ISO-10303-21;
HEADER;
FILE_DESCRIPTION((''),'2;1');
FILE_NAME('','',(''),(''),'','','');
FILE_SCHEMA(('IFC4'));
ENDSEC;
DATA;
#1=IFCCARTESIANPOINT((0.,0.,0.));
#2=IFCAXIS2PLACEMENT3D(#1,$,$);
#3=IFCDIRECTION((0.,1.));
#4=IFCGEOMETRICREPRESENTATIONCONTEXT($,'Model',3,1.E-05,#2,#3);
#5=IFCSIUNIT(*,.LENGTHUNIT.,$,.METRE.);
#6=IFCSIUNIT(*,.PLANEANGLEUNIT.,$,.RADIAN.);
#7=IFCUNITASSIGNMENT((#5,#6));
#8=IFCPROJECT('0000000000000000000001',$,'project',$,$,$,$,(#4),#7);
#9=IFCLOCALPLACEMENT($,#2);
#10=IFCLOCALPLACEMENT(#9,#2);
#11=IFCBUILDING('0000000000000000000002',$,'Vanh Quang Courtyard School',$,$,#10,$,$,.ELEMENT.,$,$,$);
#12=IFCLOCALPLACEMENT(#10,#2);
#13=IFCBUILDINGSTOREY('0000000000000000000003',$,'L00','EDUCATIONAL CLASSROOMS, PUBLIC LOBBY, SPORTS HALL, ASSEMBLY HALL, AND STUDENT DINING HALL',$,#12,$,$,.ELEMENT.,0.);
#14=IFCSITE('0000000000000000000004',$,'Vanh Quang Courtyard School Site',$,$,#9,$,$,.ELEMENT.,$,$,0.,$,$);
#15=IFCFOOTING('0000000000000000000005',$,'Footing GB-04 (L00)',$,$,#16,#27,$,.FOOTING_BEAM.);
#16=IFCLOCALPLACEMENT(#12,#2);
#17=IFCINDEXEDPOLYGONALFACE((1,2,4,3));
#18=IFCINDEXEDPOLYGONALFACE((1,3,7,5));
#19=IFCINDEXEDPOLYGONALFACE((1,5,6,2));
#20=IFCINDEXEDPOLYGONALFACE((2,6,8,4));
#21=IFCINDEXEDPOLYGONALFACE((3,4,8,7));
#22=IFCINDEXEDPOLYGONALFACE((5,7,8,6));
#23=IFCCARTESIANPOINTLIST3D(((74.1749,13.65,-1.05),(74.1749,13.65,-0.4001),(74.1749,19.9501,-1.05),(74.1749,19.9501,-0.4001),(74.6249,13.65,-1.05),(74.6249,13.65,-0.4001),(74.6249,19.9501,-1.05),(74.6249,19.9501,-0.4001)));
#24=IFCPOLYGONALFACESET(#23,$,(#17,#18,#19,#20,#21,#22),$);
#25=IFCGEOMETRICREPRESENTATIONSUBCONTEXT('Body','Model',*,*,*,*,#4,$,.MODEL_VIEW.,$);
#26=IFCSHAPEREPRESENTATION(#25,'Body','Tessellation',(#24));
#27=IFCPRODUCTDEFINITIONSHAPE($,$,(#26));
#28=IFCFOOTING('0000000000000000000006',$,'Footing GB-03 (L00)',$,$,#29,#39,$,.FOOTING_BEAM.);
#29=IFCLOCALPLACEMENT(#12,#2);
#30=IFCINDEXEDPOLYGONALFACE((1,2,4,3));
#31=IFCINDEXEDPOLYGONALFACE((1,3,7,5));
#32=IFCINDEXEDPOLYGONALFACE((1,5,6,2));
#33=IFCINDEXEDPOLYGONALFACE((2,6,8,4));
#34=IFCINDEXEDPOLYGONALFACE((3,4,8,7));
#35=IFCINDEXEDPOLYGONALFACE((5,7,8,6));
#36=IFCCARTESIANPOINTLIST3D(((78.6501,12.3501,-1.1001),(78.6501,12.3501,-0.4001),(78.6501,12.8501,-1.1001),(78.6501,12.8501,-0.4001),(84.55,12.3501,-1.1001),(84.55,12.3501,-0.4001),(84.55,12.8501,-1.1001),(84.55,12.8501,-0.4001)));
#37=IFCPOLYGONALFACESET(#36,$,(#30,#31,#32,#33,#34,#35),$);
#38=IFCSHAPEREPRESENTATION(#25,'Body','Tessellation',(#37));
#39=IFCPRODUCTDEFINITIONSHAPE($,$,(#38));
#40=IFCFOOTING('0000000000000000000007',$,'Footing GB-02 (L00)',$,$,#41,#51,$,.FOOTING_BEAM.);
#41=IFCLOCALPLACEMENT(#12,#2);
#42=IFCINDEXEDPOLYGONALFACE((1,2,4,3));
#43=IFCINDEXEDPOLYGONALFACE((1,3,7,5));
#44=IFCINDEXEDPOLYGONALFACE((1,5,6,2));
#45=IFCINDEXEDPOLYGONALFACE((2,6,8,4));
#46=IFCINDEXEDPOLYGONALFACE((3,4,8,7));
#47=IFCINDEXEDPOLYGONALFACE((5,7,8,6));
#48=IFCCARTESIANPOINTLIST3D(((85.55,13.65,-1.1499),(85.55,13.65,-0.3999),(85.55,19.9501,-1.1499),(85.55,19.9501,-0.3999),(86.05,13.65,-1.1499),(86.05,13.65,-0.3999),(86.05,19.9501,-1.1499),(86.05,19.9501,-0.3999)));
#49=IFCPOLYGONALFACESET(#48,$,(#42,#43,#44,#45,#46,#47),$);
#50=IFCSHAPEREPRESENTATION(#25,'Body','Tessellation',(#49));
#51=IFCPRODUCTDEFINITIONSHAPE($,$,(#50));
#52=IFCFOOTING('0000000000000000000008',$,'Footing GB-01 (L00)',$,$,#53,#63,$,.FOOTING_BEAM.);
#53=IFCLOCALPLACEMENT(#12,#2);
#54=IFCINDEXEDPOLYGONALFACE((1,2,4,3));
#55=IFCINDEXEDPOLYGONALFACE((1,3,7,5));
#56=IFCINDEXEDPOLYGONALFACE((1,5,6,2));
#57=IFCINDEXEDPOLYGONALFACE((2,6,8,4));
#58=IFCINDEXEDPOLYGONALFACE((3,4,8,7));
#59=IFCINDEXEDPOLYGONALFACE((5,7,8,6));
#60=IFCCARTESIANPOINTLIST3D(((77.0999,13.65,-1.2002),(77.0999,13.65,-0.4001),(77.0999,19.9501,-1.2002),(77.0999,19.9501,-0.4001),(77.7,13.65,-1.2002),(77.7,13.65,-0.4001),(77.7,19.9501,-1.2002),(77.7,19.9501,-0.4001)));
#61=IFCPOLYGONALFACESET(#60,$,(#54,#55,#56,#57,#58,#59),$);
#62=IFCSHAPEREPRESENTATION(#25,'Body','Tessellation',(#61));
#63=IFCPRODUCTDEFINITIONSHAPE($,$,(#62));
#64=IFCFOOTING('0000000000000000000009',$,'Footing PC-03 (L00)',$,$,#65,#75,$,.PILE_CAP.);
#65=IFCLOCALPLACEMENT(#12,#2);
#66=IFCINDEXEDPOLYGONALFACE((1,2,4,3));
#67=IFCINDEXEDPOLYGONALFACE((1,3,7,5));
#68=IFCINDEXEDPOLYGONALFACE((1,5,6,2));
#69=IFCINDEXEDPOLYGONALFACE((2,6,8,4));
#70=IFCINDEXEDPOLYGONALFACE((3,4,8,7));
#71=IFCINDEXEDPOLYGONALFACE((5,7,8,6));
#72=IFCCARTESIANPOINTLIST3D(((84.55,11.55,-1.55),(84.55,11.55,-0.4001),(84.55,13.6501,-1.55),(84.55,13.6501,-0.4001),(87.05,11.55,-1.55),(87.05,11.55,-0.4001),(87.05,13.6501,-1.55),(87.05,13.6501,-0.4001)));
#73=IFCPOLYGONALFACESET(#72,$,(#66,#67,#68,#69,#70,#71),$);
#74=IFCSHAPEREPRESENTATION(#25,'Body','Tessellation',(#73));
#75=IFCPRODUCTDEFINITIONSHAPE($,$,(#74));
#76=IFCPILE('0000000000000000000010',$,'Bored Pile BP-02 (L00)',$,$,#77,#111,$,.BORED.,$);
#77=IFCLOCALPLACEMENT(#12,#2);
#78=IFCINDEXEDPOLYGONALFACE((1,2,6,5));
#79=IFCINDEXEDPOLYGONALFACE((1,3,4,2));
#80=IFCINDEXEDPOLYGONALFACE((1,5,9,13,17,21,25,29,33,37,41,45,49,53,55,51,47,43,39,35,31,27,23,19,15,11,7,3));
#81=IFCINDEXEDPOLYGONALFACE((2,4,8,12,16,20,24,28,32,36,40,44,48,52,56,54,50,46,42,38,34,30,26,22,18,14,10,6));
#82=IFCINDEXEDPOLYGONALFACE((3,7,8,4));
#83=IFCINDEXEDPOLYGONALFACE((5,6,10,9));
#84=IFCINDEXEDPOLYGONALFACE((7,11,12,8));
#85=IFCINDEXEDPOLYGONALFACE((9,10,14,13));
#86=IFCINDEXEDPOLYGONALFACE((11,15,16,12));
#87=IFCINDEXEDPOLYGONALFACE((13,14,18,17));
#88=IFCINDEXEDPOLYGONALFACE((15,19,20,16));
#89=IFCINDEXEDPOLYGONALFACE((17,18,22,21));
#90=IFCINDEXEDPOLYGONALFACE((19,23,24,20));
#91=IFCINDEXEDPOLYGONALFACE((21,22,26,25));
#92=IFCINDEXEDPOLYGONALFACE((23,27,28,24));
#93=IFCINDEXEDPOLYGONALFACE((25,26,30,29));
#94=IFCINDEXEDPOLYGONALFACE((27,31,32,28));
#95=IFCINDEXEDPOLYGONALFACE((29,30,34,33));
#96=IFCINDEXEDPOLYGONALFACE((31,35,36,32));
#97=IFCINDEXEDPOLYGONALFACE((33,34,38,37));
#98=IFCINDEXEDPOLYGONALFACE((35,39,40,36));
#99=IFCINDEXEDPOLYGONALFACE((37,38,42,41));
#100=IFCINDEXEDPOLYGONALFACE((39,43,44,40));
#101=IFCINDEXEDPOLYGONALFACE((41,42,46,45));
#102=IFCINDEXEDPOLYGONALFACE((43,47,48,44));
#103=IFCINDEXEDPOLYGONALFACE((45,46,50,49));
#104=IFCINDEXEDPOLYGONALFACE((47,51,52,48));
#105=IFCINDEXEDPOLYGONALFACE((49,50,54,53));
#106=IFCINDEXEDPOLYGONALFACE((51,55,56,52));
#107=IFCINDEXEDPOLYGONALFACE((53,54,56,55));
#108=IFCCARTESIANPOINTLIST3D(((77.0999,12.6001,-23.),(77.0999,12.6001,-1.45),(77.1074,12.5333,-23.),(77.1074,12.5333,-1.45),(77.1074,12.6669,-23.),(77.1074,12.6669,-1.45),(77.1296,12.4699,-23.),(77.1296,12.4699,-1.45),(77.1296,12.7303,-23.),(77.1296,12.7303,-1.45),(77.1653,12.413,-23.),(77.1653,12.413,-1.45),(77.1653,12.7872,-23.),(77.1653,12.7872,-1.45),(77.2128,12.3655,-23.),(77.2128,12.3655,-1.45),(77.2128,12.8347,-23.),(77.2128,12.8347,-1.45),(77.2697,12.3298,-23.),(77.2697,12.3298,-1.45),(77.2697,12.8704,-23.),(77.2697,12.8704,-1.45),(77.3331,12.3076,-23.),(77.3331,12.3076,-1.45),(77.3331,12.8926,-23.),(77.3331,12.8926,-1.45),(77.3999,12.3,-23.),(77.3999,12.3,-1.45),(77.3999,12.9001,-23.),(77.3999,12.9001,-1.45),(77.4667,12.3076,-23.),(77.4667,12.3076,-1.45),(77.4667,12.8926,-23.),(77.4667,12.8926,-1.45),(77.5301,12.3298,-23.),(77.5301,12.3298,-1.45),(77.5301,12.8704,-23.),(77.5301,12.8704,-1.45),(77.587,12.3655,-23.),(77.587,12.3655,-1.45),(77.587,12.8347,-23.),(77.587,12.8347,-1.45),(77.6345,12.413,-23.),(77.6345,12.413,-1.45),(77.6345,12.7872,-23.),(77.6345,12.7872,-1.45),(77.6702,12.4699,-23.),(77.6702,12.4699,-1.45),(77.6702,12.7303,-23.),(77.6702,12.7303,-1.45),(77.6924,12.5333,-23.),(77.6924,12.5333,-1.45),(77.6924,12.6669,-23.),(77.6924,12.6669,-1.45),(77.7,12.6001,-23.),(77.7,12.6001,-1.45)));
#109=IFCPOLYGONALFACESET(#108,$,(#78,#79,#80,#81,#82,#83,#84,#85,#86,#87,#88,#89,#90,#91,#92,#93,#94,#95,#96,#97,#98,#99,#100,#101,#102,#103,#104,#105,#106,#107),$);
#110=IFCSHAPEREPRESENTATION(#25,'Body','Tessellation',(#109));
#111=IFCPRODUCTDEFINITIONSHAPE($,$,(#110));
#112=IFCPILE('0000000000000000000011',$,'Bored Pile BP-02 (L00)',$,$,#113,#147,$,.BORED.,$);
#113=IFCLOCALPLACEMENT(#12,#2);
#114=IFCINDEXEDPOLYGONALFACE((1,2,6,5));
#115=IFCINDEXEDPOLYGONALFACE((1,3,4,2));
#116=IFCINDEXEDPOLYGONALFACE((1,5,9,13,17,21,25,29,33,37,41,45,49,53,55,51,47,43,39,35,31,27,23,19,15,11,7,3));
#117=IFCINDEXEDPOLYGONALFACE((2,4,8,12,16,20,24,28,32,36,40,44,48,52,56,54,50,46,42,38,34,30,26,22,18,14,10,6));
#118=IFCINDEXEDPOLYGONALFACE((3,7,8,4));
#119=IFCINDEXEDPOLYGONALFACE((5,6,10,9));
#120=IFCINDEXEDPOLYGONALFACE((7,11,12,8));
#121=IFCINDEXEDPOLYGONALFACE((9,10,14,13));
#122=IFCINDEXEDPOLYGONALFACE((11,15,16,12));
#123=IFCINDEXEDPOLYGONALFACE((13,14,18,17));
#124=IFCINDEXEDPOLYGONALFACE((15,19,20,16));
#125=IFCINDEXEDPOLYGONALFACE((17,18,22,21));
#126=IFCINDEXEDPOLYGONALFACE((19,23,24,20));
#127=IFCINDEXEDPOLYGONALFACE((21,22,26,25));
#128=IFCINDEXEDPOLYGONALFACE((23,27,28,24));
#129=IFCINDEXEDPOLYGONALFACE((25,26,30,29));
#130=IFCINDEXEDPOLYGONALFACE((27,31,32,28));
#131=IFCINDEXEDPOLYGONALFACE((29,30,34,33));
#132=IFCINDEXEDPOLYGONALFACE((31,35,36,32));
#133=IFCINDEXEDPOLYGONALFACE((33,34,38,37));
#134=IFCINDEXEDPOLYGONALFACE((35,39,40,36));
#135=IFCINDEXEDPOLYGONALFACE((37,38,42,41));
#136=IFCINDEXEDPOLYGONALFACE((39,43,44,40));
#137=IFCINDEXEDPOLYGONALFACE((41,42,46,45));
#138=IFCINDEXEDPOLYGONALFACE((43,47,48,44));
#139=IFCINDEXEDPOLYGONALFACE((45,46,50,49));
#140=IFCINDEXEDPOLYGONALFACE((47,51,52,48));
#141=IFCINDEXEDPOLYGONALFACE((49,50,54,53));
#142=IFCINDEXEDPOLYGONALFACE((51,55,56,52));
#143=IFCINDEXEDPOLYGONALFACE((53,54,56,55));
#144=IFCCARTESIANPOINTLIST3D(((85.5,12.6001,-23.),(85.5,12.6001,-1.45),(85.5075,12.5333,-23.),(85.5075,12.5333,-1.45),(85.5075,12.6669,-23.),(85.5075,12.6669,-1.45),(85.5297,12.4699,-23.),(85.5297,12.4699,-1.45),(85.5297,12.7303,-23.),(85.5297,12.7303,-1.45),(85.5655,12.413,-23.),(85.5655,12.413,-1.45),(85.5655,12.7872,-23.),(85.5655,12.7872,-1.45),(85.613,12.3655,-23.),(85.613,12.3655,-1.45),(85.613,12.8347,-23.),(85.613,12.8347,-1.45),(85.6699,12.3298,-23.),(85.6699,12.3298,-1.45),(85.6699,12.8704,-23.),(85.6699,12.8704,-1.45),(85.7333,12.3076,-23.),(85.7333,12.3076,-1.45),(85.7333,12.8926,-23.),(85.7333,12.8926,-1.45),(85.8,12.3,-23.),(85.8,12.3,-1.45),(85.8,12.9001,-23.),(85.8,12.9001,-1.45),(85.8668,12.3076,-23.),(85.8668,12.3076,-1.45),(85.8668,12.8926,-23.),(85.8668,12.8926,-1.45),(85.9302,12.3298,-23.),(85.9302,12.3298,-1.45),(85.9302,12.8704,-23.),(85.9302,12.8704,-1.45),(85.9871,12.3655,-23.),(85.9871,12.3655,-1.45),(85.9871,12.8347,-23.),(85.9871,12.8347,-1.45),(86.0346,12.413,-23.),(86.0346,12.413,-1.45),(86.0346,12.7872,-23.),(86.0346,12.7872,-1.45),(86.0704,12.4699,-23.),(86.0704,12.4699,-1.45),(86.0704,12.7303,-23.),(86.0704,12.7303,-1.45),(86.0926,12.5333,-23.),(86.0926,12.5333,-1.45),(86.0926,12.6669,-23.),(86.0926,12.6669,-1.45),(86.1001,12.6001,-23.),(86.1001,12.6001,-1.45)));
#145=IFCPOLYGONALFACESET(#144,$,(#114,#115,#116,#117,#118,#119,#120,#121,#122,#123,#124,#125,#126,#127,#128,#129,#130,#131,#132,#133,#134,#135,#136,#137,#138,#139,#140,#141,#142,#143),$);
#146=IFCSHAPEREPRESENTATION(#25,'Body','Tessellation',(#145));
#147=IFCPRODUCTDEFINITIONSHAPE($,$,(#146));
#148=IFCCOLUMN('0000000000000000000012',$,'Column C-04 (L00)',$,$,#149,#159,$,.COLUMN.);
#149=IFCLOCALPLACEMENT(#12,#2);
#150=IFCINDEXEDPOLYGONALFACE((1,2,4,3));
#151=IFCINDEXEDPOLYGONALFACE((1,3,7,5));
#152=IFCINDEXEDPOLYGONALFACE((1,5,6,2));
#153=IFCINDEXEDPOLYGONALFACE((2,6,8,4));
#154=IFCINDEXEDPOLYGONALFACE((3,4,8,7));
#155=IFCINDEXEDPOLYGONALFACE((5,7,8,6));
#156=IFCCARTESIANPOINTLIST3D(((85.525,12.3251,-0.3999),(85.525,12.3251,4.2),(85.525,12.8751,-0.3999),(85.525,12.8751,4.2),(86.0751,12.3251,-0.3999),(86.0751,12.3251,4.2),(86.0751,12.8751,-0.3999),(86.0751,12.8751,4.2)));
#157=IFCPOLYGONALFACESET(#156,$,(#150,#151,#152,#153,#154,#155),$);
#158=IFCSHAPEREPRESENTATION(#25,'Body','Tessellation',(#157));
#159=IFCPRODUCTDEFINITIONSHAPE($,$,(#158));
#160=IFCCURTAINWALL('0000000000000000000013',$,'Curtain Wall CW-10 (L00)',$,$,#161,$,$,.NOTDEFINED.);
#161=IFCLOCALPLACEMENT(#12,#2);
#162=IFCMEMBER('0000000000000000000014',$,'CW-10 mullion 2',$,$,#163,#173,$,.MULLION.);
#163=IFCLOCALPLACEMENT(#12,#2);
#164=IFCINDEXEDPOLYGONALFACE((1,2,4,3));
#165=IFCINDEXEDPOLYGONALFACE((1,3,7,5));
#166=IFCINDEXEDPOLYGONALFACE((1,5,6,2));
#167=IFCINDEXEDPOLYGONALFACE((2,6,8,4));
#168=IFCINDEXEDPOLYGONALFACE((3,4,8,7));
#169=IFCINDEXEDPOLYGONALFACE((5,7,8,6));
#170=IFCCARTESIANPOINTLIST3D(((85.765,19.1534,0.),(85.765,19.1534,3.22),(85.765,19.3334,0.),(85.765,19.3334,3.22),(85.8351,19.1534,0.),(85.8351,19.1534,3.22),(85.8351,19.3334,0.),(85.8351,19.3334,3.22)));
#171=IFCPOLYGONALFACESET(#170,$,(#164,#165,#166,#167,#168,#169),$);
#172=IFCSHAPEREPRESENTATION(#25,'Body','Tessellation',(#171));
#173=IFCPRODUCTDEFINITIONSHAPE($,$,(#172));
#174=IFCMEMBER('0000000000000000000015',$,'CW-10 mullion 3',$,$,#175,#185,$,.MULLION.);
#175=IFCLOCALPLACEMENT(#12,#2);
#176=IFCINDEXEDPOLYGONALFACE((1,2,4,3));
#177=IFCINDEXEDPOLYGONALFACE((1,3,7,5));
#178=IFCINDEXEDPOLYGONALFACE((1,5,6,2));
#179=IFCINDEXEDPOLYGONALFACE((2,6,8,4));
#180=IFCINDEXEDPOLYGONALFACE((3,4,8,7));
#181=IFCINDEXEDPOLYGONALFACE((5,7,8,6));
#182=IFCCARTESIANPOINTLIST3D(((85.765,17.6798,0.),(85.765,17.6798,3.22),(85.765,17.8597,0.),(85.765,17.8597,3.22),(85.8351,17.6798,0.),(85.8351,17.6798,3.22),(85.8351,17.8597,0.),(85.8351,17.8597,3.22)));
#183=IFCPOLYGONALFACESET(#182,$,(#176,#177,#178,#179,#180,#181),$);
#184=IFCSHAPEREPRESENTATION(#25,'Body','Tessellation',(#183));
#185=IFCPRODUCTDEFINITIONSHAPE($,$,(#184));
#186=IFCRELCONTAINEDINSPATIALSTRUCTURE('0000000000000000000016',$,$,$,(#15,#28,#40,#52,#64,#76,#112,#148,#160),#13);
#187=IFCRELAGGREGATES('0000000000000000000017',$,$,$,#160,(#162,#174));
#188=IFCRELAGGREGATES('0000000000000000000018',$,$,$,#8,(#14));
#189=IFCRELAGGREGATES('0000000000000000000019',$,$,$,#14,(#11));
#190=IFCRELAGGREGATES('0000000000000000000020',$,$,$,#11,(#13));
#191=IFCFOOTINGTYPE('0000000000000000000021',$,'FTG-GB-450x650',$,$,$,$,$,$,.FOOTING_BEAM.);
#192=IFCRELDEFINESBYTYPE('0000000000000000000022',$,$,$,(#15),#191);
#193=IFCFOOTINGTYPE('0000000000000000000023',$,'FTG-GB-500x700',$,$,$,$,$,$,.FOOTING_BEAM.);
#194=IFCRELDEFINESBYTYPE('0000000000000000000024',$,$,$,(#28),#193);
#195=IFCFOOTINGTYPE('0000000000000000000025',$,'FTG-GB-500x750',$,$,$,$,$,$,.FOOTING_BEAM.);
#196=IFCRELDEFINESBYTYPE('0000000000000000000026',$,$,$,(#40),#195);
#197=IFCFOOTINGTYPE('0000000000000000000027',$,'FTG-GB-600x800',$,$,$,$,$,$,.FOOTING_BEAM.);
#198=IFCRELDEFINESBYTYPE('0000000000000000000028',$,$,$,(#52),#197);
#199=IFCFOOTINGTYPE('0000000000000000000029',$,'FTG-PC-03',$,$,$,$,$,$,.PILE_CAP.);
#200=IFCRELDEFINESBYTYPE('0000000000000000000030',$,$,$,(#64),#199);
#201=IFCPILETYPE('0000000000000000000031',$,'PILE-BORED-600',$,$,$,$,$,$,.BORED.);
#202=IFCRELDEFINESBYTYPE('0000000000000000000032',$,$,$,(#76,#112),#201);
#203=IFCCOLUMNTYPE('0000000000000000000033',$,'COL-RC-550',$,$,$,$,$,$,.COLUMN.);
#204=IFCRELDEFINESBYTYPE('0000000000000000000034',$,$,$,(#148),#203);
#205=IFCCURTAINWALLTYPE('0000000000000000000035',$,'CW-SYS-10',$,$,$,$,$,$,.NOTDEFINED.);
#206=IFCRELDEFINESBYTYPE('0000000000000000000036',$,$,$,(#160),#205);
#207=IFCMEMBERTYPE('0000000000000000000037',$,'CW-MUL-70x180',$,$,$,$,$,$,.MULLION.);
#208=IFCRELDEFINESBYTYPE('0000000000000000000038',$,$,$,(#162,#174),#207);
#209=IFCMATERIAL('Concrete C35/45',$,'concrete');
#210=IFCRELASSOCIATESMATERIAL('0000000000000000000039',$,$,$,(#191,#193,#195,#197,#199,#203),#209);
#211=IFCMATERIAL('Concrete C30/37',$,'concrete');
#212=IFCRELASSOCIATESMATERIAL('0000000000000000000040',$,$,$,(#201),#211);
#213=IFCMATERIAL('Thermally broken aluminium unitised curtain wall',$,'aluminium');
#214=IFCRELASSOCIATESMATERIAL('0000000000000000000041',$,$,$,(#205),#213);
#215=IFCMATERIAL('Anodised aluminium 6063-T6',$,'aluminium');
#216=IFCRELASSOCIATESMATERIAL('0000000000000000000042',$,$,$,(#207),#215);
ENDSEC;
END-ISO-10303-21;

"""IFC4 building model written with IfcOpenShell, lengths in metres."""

from ifc_helpers import new_model, si_unit, direction, frame, origin, origin_2d, place, context, subcontext, project, spatial, rectangle, circle, extrude, material, material_profile, profile_set, type_object, element, aggregate, save


model = new_model("IFC4")

# Units and contexts
model_context = context("Model", 3, precision=1e-05, world=origin(), true_north=direction((0.0, 1.0)))
body_context = subcontext(model_context, "Body", "Model", "MODEL_VIEW")
ifc_project = project(units=[si_unit("LENGTHUNIT", "METRE"), si_unit("PLANEANGLEUNIT", "RADIAN")], contexts=[model_context])

# Site, building, storey
site_placement = place(None, origin())
site = spatial("IfcSite", under=ifc_project, at=site_placement, Name="Vanh Quang Courtyard School Site", CompositionType="ELEMENT", RefElevation=0.0)
building_placement = place(site_placement, origin())
building = spatial("IfcBuilding", under=site, at=building_placement, Name="Vanh Quang Courtyard School", CompositionType="ELEMENT")
storey_placement = place(building_placement, origin())
storey = spatial("IfcBuildingStorey", under=building, at=storey_placement, Name="L00", Description="EDUCATIONAL CLASSROOMS, PUBLIC LOBBY, SPORTS HALL, ASSEMBLY HALL, AND STUDENT DINING HALL", CompositionType="ELEMENT", Elevation=0.0)

# Footings
ifc_material_1 = material(Name="Concrete C35/45", Category="concrete")
footing_type_1 = type_object("IfcFootingType", Name="FTG-GB-450x650", PredefinedType="FOOTING_BEAM", material=ifc_material_1)
footing_1_placement = place(storey_placement, frame((74.3999, 16.8, -1.05), z_axis=(0.0, 0.0, 1.0), x_axis=(0.0, 1.0, 0.0)))
element("IfcFooting", 1, at=footing_1_placement, inside=storey, type_object=footing_type_1, Name="Footing GB-04 (L00)", PredefinedType="FOOTING_BEAM", context=body_context, shape_type="SweptSolid", body=[
    extrude(rectangle(XDim=6.3, YDim=0.45, at=origin_2d()), origin(), (0.0, 0.0, 1.0), 0.6499),
])
footing_type_2 = type_object("IfcFootingType", Name="FTG-GB-500x700", PredefinedType="FOOTING_BEAM", material=ifc_material_1)
footing_2_placement = place(storey_placement, frame((81.6001, 12.6001, -1.1001), z_axis=(0.0, 0.0, 1.0), x_axis=(1.0, 0.0, 0.0)))
element("IfcFooting", 2, at=footing_2_placement, inside=storey, type_object=footing_type_2, Name="Footing GB-03 (L00)", PredefinedType="FOOTING_BEAM", context=body_context, shape_type="SweptSolid", body=[
    extrude(rectangle(XDim=5.8999, YDim=0.5, at=origin_2d()), origin(), (0.0, 0.0, 1.0), 0.7),
])
footing_type_3 = type_object("IfcFootingType", Name="FTG-GB-500x750", PredefinedType="FOOTING_BEAM", material=ifc_material_1)
footing_3_placement = place(storey_placement, frame((85.8, 16.8, -1.1499), z_axis=(0.0, 0.0, 1.0), x_axis=(0.0, 1.0, 0.0)))
element("IfcFooting", 3, at=footing_3_placement, inside=storey, type_object=footing_type_3, Name="Footing GB-02 (L00)", PredefinedType="FOOTING_BEAM", context=body_context, shape_type="SweptSolid", body=[
    extrude(rectangle(XDim=6.3, YDim=0.5, at=origin_2d()), origin(), (0.0, 0.0, 1.0), 0.75),
])
footing_type_4 = type_object("IfcFootingType", Name="FTG-GB-600x800", PredefinedType="FOOTING_BEAM", material=ifc_material_1)
footing_4_placement = place(storey_placement, frame((77.3999, 16.8, -1.2002), z_axis=(0.0, 0.0, 1.0), x_axis=(0.0, 1.0, 0.0)))
element("IfcFooting", 4, at=footing_4_placement, inside=storey, type_object=footing_type_4, Name="Footing GB-01 (L00)", PredefinedType="FOOTING_BEAM", context=body_context, shape_type="SweptSolid", body=[
    extrude(rectangle(XDim=6.3, YDim=0.6001, at=origin_2d()), origin(), (0.0, 0.0, 1.0), 0.8),
])
footing_type_5 = type_object("IfcFootingType", Name="FTG-PC-03", PredefinedType="PILE_CAP", material=ifc_material_1)
footing_5_placement = place(storey_placement, frame((85.8, 12.6001, -1.55), z_axis=(0.0, 0.0, 1.0), x_axis=(1.0, 0.0, 0.0)))
element("IfcFooting", 5, at=footing_5_placement, inside=storey, type_object=footing_type_5, Name="Footing PC-03 (L00)", PredefinedType="PILE_CAP", context=body_context, shape_type="SweptSolid", body=[
    extrude(rectangle(XDim=2.5, YDim=2.1001, at=origin_2d()), origin(), (0.0, 0.0, 1.0), 1.1499),
])

# Piles
ifc_material_2 = material(Name="Concrete C30/37", Category="concrete")
ifc_material_profile_1 = material_profile(ifc_material_2, circle(Radius=0.3, at=origin_2d()), Name="PILE D600")
ifc_profile_set_1 = profile_set([ifc_material_profile_1], Name="Concrete C30/37")
pile_type = type_object("IfcPileType", Name="PILE-BORED-600", PredefinedType="BORED", material=ifc_profile_set_1)
for number, where, z_axis, x_axis, name in (
    (6, (77.3999, 12.6001, -1.45), (0.0, 0.0, -1.0), (1.0, 0.0, 0.0), "Bored Pile BP-02 (L00)"),
    (7, (85.8, 12.6001, -1.45), (0.0, 0.0, -1.0), (1.0, 0.0, 0.0), "Bored Pile BP-02 (L00)"),
):
    element("IfcPile", number, at=place(storey_placement, frame(where, z_axis=z_axis, x_axis=x_axis)), inside=storey, type_object=pile_type, Name=name, PredefinedType="BORED", context=body_context, shape_type="SweptSolid", body=[
        extrude(circle(Radius=0.3, at=origin_2d()), origin(), (0.0, 0.0, 1.0), 21.55),
    ])

# Column
ifc_material_profile_2 = material_profile(ifc_material_1, rectangle(XDim=0.55, YDim=0.55, at=origin_2d()), Name="RC-COL 550x550")
ifc_profile_set_2 = profile_set([ifc_material_profile_2], Name="Concrete C35/45")
column_type = type_object("IfcColumnType", Name="COL-RC-550", PredefinedType="COLUMN", material=ifc_profile_set_2)
column_placement = place(storey_placement, frame((85.8, 12.6001, -0.3999), z_axis=(0.0, 0.0, 1.0), x_axis=(1.0, 0.0, 0.0)))
element("IfcColumn", 8, at=column_placement, inside=storey, type_object=column_type, Name="Column C-04 (L00)", PredefinedType="COLUMN", context=body_context, shape_type="SweptSolid", body=[
    extrude(rectangle(XDim=0.55, YDim=0.55, at=origin_2d()), origin(), (0.0, 0.0, 1.0), 4.5999),
])

# Curtain wall, members
ifc_material_3 = material(Name="Thermally broken aluminium unitised curtain wall", Category="aluminium")
curtain_wall_type = type_object("IfcCurtainWallType", Name="CW-SYS-10", PredefinedType="NOTDEFINED", material=ifc_material_3)
curtain_wall_placement = place(storey_placement, origin())
curtain_wall = element("IfcCurtainWall", 9, at=curtain_wall_placement, inside=storey, type_object=curtain_wall_type, Name="Curtain Wall CW-10 (L00)", PredefinedType="NOTDEFINED")
ifc_material_4 = material(Name="Anodised aluminium 6063-T6", Category="aluminium")
ifc_material_profile_3 = material_profile(ifc_material_4, rectangle(XDim=0.0701, YDim=0.1799, at=origin_2d()), Name="ALU-MUL 70x180")
ifc_profile_set_3 = profile_set([ifc_material_profile_3], Name="Anodised aluminium 6063-T6")
member_type_1 = type_object("IfcMemberType", Name="CW-MUL-70x180", PredefinedType="MULLION", material=ifc_profile_set_3)
member_1_placement = place(storey_placement, frame((85.8, 19.2434, 0.0), z_axis=(0.0, 0.0, 1.0), x_axis=(1.0, 0.0, 0.0)))
member_1 = element("IfcMember", 10, at=member_1_placement, type_object=member_type_1, Name="CW-10 mullion 2", PredefinedType="MULLION", context=body_context, shape_type="SweptSolid", body=[
    extrude(rectangle(XDim=0.0701, YDim=0.1799, at=origin_2d()), origin(), (0.0, 0.0, 1.0), 3.22),
])
member_2_placement = place(storey_placement, frame((85.8, 17.7698, 0.0), z_axis=(0.0, 0.0, 1.0), x_axis=(1.0, 0.0, 0.0)))
member_2 = element("IfcMember", 11, at=member_2_placement, type_object=member_type_1, Name="CW-10 mullion 3", PredefinedType="MULLION", context=body_context, shape_type="SweptSolid", body=[
    extrude(rectangle(XDim=0.0701, YDim=0.1799, at=origin_2d()), origin(), (0.0, 0.0, 1.0), 3.22),
])
aggregate(curtain_wall, [member_1, member_2])

save(model, "model.ifc")
